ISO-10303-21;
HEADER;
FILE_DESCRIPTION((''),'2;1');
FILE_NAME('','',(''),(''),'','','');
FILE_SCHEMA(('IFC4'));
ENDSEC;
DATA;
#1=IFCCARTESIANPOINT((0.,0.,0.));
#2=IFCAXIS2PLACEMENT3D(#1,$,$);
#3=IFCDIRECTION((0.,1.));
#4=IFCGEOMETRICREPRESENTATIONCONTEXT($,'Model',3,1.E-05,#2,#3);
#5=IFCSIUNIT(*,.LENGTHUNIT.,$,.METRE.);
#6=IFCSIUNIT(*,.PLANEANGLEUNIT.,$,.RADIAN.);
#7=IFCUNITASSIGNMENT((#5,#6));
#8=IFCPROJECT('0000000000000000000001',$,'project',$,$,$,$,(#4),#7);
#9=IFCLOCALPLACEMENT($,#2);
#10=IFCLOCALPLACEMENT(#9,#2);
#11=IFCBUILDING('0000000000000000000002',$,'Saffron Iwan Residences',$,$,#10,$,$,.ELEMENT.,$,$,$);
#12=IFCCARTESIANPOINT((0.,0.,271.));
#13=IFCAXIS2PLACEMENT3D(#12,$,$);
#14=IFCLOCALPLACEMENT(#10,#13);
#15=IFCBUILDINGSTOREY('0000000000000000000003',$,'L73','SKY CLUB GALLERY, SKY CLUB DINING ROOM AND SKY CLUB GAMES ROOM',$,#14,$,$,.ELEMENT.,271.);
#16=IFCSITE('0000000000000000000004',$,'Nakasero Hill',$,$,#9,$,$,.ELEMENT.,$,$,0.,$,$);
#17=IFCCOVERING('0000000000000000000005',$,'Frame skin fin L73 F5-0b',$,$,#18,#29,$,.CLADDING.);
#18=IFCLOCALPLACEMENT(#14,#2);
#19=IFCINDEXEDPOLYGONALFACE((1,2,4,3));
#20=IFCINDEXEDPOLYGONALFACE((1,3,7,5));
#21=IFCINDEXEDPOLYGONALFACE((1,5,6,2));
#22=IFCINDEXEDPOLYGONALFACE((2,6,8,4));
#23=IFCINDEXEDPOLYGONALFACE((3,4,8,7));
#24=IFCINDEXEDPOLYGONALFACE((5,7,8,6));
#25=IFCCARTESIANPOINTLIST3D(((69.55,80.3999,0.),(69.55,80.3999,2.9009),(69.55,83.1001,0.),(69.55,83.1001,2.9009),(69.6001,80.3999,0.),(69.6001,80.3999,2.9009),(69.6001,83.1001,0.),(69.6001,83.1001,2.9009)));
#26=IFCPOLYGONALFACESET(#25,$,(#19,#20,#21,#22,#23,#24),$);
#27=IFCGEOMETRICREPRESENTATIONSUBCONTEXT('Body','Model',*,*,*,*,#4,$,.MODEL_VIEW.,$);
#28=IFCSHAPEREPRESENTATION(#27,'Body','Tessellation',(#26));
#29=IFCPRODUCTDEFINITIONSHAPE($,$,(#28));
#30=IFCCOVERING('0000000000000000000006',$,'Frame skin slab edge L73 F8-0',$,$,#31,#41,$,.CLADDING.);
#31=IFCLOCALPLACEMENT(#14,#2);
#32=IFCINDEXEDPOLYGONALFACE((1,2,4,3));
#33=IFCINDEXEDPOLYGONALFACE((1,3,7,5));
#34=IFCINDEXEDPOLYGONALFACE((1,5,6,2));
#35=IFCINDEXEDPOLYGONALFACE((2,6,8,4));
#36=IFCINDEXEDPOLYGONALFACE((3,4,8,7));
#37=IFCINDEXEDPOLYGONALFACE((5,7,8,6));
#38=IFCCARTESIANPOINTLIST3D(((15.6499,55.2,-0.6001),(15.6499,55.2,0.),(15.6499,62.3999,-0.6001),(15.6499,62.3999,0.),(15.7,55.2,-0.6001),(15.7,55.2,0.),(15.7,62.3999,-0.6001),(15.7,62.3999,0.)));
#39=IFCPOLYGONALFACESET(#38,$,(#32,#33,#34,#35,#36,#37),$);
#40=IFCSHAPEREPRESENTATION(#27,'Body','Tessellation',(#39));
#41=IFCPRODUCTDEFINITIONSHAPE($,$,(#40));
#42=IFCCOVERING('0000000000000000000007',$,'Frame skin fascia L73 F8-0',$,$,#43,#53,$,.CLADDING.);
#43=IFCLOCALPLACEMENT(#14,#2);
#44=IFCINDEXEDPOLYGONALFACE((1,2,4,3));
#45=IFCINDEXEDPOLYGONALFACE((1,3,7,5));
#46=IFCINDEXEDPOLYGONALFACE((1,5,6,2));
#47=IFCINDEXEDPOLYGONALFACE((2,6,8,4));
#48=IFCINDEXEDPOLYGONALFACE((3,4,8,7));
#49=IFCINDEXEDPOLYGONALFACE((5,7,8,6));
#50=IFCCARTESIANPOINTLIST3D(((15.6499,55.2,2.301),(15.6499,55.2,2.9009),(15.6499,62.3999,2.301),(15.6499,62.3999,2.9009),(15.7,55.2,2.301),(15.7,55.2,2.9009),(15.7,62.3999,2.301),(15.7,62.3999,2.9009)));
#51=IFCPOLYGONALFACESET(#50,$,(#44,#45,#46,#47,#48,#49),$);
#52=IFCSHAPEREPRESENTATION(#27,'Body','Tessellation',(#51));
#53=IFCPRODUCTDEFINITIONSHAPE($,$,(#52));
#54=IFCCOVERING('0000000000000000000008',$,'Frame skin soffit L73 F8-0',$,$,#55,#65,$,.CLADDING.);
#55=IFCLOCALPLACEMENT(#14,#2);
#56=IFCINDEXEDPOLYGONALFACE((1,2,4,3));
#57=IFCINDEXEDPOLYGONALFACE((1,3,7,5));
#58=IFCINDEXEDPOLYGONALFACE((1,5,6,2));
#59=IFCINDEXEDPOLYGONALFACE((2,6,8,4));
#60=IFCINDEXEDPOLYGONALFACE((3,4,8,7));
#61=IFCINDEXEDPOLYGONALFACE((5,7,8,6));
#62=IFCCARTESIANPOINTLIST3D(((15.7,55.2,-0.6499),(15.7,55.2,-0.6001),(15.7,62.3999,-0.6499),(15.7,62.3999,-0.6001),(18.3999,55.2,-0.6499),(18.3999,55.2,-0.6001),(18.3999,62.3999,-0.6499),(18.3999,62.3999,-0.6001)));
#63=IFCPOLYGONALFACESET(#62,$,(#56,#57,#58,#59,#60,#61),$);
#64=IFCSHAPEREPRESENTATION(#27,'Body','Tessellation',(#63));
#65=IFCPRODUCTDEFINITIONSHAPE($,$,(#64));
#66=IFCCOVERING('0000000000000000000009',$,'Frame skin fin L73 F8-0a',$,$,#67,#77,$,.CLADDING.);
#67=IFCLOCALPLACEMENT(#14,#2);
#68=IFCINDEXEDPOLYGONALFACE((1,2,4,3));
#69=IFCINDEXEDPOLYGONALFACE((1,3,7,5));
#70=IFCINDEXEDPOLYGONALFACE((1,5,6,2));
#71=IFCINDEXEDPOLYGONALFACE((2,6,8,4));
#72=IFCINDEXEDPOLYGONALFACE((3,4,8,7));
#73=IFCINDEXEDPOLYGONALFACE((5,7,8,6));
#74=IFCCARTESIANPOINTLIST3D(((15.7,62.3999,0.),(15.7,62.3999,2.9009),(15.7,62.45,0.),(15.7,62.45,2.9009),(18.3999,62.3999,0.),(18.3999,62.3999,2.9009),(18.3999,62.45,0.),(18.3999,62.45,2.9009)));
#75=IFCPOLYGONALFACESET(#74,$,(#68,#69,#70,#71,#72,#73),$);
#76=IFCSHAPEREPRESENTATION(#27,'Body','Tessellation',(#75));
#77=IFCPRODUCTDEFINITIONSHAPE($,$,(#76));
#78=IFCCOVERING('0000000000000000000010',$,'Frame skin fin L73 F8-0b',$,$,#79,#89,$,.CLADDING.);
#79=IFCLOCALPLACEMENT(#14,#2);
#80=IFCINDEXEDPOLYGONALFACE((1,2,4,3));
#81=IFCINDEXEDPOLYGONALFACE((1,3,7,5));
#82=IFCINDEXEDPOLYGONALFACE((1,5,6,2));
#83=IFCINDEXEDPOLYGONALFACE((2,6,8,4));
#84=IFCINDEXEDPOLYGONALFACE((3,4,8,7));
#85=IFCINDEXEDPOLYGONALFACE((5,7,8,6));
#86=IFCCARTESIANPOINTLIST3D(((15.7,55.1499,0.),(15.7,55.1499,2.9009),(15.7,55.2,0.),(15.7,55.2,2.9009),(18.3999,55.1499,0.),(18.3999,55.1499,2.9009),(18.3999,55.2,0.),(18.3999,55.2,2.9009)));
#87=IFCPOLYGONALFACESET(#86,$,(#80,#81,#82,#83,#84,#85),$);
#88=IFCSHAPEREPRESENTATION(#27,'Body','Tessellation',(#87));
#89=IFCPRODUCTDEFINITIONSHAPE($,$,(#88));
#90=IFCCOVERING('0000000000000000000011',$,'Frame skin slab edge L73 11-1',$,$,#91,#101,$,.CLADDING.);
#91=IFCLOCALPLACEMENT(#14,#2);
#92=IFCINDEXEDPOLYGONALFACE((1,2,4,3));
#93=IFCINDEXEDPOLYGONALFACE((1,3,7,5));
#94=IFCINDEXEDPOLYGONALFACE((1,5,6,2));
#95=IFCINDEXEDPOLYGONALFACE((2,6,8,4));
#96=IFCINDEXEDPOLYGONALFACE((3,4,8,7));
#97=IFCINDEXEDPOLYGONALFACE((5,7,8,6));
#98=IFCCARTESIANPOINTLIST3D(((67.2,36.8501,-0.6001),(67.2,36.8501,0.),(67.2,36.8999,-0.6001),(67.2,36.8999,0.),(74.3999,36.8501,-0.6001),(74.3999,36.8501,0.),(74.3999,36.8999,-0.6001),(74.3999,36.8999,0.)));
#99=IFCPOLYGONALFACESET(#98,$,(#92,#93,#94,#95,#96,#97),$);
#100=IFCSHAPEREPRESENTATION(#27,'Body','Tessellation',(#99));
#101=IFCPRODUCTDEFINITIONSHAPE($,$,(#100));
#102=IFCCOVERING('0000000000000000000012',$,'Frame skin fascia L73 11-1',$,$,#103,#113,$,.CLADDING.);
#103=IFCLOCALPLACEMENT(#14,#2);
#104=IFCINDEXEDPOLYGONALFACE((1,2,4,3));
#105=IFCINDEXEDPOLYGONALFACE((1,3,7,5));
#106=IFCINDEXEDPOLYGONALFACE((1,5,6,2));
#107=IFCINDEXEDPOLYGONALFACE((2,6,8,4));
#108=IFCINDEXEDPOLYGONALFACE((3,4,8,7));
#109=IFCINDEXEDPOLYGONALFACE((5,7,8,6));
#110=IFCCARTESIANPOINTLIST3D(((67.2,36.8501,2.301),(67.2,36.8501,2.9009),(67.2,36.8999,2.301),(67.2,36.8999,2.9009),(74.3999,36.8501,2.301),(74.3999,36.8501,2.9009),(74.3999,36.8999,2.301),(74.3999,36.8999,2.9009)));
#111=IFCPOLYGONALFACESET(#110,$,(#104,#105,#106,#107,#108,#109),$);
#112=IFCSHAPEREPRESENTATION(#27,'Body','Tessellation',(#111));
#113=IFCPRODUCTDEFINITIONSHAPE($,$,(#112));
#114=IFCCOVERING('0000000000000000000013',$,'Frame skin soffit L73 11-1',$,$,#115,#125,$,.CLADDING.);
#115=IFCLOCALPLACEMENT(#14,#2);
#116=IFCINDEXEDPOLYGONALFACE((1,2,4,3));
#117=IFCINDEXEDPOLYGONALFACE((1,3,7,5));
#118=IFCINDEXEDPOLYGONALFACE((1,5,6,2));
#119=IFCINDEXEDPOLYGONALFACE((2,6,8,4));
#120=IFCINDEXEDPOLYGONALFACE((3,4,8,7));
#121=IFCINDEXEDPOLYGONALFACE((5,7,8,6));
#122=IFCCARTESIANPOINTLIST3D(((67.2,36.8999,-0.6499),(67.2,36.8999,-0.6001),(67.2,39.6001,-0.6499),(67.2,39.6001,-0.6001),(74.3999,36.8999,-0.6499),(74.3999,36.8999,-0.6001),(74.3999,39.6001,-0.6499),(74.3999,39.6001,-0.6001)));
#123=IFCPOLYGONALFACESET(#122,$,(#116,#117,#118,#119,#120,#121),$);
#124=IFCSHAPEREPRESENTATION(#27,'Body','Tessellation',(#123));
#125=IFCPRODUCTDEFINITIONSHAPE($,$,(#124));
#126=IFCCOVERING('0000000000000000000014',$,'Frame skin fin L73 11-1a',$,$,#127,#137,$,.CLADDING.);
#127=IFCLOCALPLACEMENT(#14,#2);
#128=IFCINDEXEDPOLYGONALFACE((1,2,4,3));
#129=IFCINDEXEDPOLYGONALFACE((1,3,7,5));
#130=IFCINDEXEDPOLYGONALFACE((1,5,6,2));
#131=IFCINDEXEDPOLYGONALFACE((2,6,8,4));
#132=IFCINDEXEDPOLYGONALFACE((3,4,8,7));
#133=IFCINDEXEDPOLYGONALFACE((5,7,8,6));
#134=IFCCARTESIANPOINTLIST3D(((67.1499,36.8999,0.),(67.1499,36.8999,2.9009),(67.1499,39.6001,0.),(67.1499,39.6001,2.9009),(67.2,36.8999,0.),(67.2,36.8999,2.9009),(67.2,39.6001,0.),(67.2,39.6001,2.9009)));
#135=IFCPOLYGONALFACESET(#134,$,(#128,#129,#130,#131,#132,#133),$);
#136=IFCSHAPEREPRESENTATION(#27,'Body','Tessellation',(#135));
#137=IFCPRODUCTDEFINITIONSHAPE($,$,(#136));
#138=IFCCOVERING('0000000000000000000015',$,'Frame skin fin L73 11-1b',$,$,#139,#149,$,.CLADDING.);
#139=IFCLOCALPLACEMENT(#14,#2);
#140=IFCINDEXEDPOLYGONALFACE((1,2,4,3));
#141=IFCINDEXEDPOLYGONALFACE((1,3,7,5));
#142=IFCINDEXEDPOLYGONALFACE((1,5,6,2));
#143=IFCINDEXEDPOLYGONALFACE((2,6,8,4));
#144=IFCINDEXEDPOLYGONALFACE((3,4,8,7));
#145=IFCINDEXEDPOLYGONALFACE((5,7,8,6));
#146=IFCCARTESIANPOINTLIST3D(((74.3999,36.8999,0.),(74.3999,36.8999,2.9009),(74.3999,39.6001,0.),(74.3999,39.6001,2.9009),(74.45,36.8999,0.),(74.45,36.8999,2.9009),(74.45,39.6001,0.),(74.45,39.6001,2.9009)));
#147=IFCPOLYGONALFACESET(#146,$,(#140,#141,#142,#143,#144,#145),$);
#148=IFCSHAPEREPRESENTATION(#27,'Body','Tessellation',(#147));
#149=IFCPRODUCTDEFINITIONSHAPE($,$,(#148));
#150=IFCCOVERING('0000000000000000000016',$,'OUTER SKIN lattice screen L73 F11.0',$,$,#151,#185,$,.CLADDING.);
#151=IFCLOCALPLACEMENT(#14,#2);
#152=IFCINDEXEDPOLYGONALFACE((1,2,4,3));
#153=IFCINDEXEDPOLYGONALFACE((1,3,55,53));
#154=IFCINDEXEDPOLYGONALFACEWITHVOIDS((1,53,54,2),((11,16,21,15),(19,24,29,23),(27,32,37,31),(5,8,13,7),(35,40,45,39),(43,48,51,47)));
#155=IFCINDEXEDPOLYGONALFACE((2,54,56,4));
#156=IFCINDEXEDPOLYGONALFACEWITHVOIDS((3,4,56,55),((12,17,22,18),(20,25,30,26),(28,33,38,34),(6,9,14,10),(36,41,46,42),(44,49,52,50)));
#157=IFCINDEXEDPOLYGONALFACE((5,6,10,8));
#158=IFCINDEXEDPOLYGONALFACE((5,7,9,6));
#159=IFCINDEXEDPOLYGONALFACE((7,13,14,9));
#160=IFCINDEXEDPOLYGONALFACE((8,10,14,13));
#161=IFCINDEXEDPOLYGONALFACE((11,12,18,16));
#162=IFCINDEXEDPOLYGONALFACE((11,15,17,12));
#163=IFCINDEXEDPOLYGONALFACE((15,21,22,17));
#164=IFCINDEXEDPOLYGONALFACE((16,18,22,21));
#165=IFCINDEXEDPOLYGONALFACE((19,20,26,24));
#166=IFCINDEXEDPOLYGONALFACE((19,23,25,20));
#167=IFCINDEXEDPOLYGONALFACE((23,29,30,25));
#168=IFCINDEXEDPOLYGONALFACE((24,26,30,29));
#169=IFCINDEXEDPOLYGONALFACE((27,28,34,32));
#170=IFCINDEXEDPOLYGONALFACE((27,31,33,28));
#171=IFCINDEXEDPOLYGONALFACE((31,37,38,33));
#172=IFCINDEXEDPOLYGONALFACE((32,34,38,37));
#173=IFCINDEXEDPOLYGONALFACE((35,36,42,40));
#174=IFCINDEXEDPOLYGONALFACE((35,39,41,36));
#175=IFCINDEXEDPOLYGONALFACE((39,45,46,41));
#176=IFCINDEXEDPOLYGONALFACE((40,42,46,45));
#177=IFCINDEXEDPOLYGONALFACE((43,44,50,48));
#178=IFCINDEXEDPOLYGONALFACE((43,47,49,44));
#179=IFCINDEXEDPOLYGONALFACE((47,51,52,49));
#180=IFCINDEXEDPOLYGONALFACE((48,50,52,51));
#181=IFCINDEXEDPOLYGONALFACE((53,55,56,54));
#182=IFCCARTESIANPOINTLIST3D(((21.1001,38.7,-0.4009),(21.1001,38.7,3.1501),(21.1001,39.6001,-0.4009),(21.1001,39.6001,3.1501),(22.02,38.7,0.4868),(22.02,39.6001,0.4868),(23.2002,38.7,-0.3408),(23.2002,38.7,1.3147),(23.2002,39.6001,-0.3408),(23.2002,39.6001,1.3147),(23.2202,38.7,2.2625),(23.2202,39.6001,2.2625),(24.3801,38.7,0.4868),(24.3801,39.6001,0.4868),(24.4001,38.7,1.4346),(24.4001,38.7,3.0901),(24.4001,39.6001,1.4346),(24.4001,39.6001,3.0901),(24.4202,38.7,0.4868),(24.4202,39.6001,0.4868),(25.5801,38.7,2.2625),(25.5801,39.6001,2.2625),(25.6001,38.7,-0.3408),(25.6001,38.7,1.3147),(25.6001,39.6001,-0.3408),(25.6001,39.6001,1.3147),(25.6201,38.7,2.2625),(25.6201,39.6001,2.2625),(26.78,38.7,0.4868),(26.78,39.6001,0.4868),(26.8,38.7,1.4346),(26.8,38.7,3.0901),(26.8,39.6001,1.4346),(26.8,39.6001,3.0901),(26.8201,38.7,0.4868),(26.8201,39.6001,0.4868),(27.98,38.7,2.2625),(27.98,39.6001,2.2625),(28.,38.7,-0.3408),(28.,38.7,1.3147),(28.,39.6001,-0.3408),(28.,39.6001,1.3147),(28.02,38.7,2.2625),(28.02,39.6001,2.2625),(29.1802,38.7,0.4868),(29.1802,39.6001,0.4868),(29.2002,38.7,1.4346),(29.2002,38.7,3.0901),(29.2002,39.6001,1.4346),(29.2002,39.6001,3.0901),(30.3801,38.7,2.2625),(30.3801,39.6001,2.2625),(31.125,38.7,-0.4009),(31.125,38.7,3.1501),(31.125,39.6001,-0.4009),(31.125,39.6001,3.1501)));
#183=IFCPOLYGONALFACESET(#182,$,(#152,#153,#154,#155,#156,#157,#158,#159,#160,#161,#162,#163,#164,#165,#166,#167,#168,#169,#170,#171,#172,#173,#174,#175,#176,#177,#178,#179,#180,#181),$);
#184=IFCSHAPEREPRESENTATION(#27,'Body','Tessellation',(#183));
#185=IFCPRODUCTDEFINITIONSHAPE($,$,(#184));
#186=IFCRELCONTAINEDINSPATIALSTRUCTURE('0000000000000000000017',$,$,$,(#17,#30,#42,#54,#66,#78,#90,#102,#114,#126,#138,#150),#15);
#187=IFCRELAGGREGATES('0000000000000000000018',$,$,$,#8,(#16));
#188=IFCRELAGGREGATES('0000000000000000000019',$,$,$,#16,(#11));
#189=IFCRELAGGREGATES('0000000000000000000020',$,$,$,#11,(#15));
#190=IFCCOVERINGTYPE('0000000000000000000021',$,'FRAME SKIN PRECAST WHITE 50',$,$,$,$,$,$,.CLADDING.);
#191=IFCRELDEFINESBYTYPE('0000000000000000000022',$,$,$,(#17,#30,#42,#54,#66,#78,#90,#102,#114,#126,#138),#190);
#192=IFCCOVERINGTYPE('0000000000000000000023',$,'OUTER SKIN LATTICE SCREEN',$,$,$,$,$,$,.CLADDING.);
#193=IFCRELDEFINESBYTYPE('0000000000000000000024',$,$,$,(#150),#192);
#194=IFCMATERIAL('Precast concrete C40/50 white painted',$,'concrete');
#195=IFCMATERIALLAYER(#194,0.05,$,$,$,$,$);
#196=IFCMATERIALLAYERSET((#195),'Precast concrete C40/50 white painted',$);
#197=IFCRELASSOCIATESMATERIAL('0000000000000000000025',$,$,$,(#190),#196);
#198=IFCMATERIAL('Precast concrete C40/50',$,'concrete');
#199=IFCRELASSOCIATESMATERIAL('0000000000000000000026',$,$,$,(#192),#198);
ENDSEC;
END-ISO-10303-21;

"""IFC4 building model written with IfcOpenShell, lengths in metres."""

from ifc_helpers import new_model, si_unit, direction, frame, origin, place, context, subcontext, project, spatial, polyline, outline, extrude, material, layer, layer_set, type_object, element, save


model = new_model("IFC4")

# Units and contexts
model_context = context("Model", 3, precision=1e-05, world=origin(), true_north=direction((0.0, 1.0)))
body_context = subcontext(model_context, "Body", "Model", "MODEL_VIEW")
ifc_project = project(units=[si_unit("LENGTHUNIT", "METRE"), si_unit("PLANEANGLEUNIT", "RADIAN")], contexts=[model_context])

# Site, building, storey
site_placement = place(None, origin())
site = spatial("IfcSite", under=ifc_project, at=site_placement, Name="Nakasero Hill", CompositionType="ELEMENT", RefElevation=0.0)
building_placement = place(site_placement, origin())
building = spatial("IfcBuilding", under=site, at=building_placement, Name="Saffron Iwan Residences", CompositionType="ELEMENT")
storey_placement = place(building_placement, frame((0.0, 0.0, 271.0)))
storey = spatial("IfcBuildingStorey", under=building, at=storey_placement, Name="L73", Description="SKY CLUB GALLERY, SKY CLUB DINING ROOM AND SKY CLUB GAMES ROOM", CompositionType="ELEMENT", Elevation=271.0)

# Coverings
ifc_material_1 = material(Name="Precast concrete C40/50 white painted", Category="concrete")
ifc_layer_1 = layer(ifc_material_1, 0.05)
ifc_layer_set_1 = layer_set([ifc_layer_1], Name="Precast concrete C40/50 white painted")
covering_type_1 = type_object("IfcCoveringType", Name="FRAME SKIN PRECAST WHITE 50", PredefinedType="CLADDING", material=ifc_layer_set_1)
covering_1_placement = place(storey_placement, origin())
element("IfcCovering", 1, at=covering_1_placement, inside=storey, type_object=covering_type_1, Name="Frame skin fin L73 F5-0b", PredefinedType="CLADDING", context=body_context, shape_type="SweptSolid", body=[
    extrude(outline(polyline([(69.6001, 83.1001), (69.55, 83.1001), (69.55, 80.3999), (69.6001, 80.3999), (69.6001, 83.1001)])), origin(), (0.0, 0.0, 1.0), 2.9009),
])
covering_2_placement = place(storey_placement, frame((0.0, 0.0, -0.6001)))
element("IfcCovering", 2, at=covering_2_placement, inside=storey, type_object=covering_type_1, Name="Frame skin slab edge L73 F8-0", PredefinedType="CLADDING", context=body_context, shape_type="SweptSolid", body=[
    extrude(outline(polyline([(15.6499, 62.3999), (15.6499, 55.2), (15.7, 55.2), (15.7, 62.3999), (15.6499, 62.3999)])), origin(), (0.0, 0.0, 1.0), 0.6001),
])
covering_3_placement = place(storey_placement, frame((0.0, 0.0, 2.301)))
element("IfcCovering", 3, at=covering_3_placement, inside=storey, type_object=covering_type_1, Name="Frame skin fascia L73 F8-0", PredefinedType="CLADDING", context=body_context, shape_type="SweptSolid", body=[
    extrude(outline(polyline([(15.6499, 62.3999), (15.6499, 55.2), (15.7, 55.2), (15.7, 62.3999), (15.6499, 62.3999)])), origin(), (0.0, 0.0, 1.0), 0.5999),
])
covering_4_placement = place(storey_placement, frame((0.0, 0.0, -0.6499)))
element("IfcCovering", 4, at=covering_4_placement, inside=storey, type_object=covering_type_1, Name="Frame skin soffit L73 F8-0", PredefinedType="CLADDING", context=body_context, shape_type="SweptSolid", body=[
    extrude(outline(polyline([(15.7, 62.3999), (15.7, 55.2), (18.3999, 55.2), (18.3999, 62.3999), (15.7, 62.3999)])), origin(), (0.0, 0.0, 1.0), 0.0498),
])
covering_5_placement = place(storey_placement, origin())
element("IfcCovering", 5, at=covering_5_placement, inside=storey, type_object=covering_type_1, Name="Frame skin fin L73 F8-0a", PredefinedType="CLADDING", context=body_context, shape_type="SweptSolid", body=[
    extrude(outline(polyline([(15.7, 62.45), (15.7, 62.3999), (18.3999, 62.3999), (18.3999, 62.45), (15.7, 62.45)])), origin(), (0.0, 0.0, 1.0), 2.9009),
])
covering_6_placement = place(storey_placement, origin())
element("IfcCovering", 6, at=covering_6_placement, inside=storey, type_object=covering_type_1, Name="Frame skin fin L73 F8-0b", PredefinedType="CLADDING", context=body_context, shape_type="SweptSolid", body=[
    extrude(outline(polyline([(15.7, 55.2), (15.7, 55.1499), (18.3999, 55.1499), (18.3999, 55.2), (15.7, 55.2)])), origin(), (0.0, 0.0, 1.0), 2.9009),
])
covering_7_placement = place(storey_placement, frame((0.0, 0.0, -0.6001)))
element("IfcCovering", 7, at=covering_7_placement, inside=storey, type_object=covering_type_1, Name="Frame skin slab edge L73 11-1", PredefinedType="CLADDING", context=body_context, shape_type="SweptSolid", body=[
    extrude(outline(polyline([(67.2, 36.8501), (74.3999, 36.8501), (74.3999, 36.8999), (67.2, 36.8999), (67.2, 36.8501)])), origin(), (0.0, 0.0, 1.0), 0.6001),
])
covering_8_placement = place(storey_placement, frame((0.0, 0.0, 2.301)))
element("IfcCovering", 8, at=covering_8_placement, inside=storey, type_object=covering_type_1, Name="Frame skin fascia L73 11-1", PredefinedType="CLADDING", context=body_context, shape_type="SweptSolid", body=[
    extrude(outline(polyline([(67.2, 36.8501), (74.3999, 36.8501), (74.3999, 36.8999), (67.2, 36.8999), (67.2, 36.8501)])), origin(), (0.0, 0.0, 1.0), 0.5999),
])
covering_9_placement = place(storey_placement, frame((0.0, 0.0, -0.6499)))
element("IfcCovering", 9, at=covering_9_placement, inside=storey, type_object=covering_type_1, Name="Frame skin soffit L73 11-1", PredefinedType="CLADDING", context=body_context, shape_type="SweptSolid", body=[
    extrude(outline(polyline([(67.2, 36.8999), (74.3999, 36.8999), (74.3999, 39.6001), (67.2, 39.6001), (67.2, 36.8999)])), origin(), (0.0, 0.0, 1.0), 0.0498),
])
covering_10_placement = place(storey_placement, origin())
element("IfcCovering", 10, at=covering_10_placement, inside=storey, type_object=covering_type_1, Name="Frame skin fin L73 11-1a", PredefinedType="CLADDING", context=body_context, shape_type="SweptSolid", body=[
    extrude(outline(polyline([(67.1499, 36.8999), (67.2, 36.8999), (67.2, 39.6001), (67.1499, 39.6001), (67.1499, 36.8999)])), origin(), (0.0, 0.0, 1.0), 2.9009),
])
covering_11_placement = place(storey_placement, origin())
element("IfcCovering", 11, at=covering_11_placement, inside=storey, type_object=covering_type_1, Name="Frame skin fin L73 11-1b", PredefinedType="CLADDING", context=body_context, shape_type="SweptSolid", body=[
    extrude(outline(polyline([(74.3999, 36.8999), (74.45, 36.8999), (74.45, 39.6001), (74.3999, 39.6001), (74.3999, 36.8999)])), origin(), (0.0, 0.0, 1.0), 2.9009),
])
ifc_material_2 = material(Name="Precast concrete C40/50", Category="concrete")
covering_type_2 = type_object("IfcCoveringType", Name="OUTER SKIN LATTICE SCREEN", PredefinedType="CLADDING", material=ifc_material_2)
covering_12_placement = place(storey_placement, frame((21.1001, 39.6001, -0.4009), z_axis=(0.0, -1.0, 0.0), x_axis=(1.0, 0.0, 0.0)))
element("IfcCovering", 12, at=covering_12_placement, inside=storey, type_object=covering_type_2, Name="OUTER SKIN lattice screen L73 F11.0", PredefinedType="CLADDING", context=body_context, shape_type="SweptSolid", body=[
    extrude(outline(polyline([(0.0, 0.0), (10.0249, 0.0), (10.0249, 3.551), (0.0, 3.551), (0.0, 0.0)]), holes=[polyline([(0.9199, 0.8877), (2.1001, 0.0601), (3.28, 0.8877), (2.1001, 1.7156), (0.9199, 0.8877)]), polyline([(3.3201, 0.8877), (4.5, 0.0601), (5.6799, 0.8877), (4.5, 1.7156), (3.3201, 0.8877)]), polyline([(5.72, 0.8877), (6.8999, 0.0601), (8.0801, 0.8877), (6.8999, 1.7156), (5.72, 0.8877)]), polyline([(2.1201, 2.6633), (3.3, 1.8354), (4.48, 2.6633), (3.3, 3.491), (2.1201, 2.6633)]), polyline([(4.52, 2.6633), (5.7, 1.8354), (6.8799, 2.6633), (5.7, 3.491), (4.52, 2.6633)]), polyline([(6.9199, 2.6633), (8.1001, 1.8354), (9.28, 2.6633), (8.1001, 3.491), (6.9199, 2.6633)])]), origin(), (0.0, 0.0, 1.0), 0.9001),
])

save(model, "model.ifc")
